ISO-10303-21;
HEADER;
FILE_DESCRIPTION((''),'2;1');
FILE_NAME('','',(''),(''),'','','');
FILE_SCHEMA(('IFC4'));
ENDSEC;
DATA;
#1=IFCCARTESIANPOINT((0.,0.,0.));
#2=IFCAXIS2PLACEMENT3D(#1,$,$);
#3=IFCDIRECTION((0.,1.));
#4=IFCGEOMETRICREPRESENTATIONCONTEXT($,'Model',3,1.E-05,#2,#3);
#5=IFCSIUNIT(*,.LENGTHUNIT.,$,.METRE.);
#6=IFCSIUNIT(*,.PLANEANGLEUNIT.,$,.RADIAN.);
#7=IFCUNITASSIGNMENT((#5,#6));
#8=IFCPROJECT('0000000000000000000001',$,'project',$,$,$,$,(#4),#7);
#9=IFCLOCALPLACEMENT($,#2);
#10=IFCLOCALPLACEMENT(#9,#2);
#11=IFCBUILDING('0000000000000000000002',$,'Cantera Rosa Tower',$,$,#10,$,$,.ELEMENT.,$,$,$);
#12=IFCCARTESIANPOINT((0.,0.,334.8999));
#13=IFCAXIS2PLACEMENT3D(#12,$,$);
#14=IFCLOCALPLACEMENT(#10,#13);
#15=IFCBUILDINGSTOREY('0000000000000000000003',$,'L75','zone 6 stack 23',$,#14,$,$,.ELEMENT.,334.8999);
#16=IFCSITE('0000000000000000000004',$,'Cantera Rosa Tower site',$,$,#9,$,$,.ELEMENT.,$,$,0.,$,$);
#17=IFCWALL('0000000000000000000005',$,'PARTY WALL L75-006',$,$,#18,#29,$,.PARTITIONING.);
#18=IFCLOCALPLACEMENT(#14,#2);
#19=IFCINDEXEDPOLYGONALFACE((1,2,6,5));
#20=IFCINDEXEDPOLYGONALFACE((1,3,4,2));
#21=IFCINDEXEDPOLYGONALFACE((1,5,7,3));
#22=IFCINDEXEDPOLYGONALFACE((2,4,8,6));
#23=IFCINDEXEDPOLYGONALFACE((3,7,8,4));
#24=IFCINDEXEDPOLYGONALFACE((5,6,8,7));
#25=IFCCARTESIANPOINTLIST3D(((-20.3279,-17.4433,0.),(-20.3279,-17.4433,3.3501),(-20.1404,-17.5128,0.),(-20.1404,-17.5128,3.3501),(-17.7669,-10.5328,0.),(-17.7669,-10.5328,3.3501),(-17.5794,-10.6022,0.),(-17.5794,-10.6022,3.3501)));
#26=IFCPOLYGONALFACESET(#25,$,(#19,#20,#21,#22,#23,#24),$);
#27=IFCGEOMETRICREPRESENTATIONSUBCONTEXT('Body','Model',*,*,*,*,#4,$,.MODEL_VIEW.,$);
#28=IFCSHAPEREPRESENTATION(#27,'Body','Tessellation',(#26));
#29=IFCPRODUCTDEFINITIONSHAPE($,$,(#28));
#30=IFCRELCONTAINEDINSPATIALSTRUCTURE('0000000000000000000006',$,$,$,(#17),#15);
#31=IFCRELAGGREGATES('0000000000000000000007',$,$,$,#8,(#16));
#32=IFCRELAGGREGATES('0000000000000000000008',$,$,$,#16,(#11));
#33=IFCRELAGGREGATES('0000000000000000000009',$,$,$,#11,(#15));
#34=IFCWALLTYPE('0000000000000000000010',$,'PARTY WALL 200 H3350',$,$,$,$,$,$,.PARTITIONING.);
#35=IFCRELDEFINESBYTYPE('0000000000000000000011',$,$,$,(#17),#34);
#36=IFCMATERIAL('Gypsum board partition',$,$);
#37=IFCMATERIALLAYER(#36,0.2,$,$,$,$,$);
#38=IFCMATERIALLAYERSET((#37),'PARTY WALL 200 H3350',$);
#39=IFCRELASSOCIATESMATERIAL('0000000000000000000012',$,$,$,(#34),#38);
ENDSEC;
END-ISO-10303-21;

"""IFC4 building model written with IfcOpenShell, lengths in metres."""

from ifc_helpers import new_model, si_unit, direction, frame, frame_2d, origin, place, context, subcontext, project, spatial, rectangle, extrude, material, layer, layer_set, type_object, element, save


model = new_model("IFC4")

# Units and contexts
model_context = context("Model", 3, precision=1e-05, world=origin(), true_north=direction((0.0, 1.0)))
body_context = subcontext(model_context, "Body", "Model", "MODEL_VIEW")
ifc_project = project(units=[si_unit("LENGTHUNIT", "METRE"), si_unit("PLANEANGLEUNIT", "RADIAN")], contexts=[model_context])

# Site, building, storey
site_placement = place(None, origin())
site = spatial("IfcSite", under=ifc_project, at=site_placement, Name="Cantera Rosa Tower site", CompositionType="ELEMENT", RefElevation=0.0)
building_placement = place(site_placement, origin())
building = spatial("IfcBuilding", under=site, at=building_placement, Name="Cantera Rosa Tower", CompositionType="ELEMENT")
storey_placement = place(building_placement, frame((0.0, 0.0, 334.8999)))
storey = spatial("IfcBuildingStorey", under=building, at=storey_placement, Name="L75", Description="zone 6 stack 23", CompositionType="ELEMENT", Elevation=334.8999)

# Wall
ifc_material_1 = material(Name="Gypsum board partition")
ifc_layer_1 = layer(ifc_material_1, 0.2)
ifc_layer_set_1 = layer_set([ifc_layer_1], Name="PARTY WALL 200 H3350")
wall_type_1 = type_object("IfcWallType", Name="PARTY WALL 200 H3350", PredefinedType="PARTITIONING", material=ifc_layer_set_1)
wall_1_placement = place(storey_placement, frame((-17.6731, -10.5674, 0.0), z_axis=(0.0, 0.0, 1.0), x_axis=(-0.347498, -0.937681, 0.0)))
element("IfcWall", 1, at=wall_1_placement, inside=storey, type_object=wall_type_1, Name="PARTY WALL L75-006", PredefinedType="PARTITIONING", context=body_context, shape_type="SweptSolid", body=[
    extrude(rectangle(XDim=7.3699, YDim=0.2, at=frame_2d((3.6851, 0.0))), origin(), (0.0, 0.0, 1.0), 3.3501),
])

save(model, "model.ifc")
